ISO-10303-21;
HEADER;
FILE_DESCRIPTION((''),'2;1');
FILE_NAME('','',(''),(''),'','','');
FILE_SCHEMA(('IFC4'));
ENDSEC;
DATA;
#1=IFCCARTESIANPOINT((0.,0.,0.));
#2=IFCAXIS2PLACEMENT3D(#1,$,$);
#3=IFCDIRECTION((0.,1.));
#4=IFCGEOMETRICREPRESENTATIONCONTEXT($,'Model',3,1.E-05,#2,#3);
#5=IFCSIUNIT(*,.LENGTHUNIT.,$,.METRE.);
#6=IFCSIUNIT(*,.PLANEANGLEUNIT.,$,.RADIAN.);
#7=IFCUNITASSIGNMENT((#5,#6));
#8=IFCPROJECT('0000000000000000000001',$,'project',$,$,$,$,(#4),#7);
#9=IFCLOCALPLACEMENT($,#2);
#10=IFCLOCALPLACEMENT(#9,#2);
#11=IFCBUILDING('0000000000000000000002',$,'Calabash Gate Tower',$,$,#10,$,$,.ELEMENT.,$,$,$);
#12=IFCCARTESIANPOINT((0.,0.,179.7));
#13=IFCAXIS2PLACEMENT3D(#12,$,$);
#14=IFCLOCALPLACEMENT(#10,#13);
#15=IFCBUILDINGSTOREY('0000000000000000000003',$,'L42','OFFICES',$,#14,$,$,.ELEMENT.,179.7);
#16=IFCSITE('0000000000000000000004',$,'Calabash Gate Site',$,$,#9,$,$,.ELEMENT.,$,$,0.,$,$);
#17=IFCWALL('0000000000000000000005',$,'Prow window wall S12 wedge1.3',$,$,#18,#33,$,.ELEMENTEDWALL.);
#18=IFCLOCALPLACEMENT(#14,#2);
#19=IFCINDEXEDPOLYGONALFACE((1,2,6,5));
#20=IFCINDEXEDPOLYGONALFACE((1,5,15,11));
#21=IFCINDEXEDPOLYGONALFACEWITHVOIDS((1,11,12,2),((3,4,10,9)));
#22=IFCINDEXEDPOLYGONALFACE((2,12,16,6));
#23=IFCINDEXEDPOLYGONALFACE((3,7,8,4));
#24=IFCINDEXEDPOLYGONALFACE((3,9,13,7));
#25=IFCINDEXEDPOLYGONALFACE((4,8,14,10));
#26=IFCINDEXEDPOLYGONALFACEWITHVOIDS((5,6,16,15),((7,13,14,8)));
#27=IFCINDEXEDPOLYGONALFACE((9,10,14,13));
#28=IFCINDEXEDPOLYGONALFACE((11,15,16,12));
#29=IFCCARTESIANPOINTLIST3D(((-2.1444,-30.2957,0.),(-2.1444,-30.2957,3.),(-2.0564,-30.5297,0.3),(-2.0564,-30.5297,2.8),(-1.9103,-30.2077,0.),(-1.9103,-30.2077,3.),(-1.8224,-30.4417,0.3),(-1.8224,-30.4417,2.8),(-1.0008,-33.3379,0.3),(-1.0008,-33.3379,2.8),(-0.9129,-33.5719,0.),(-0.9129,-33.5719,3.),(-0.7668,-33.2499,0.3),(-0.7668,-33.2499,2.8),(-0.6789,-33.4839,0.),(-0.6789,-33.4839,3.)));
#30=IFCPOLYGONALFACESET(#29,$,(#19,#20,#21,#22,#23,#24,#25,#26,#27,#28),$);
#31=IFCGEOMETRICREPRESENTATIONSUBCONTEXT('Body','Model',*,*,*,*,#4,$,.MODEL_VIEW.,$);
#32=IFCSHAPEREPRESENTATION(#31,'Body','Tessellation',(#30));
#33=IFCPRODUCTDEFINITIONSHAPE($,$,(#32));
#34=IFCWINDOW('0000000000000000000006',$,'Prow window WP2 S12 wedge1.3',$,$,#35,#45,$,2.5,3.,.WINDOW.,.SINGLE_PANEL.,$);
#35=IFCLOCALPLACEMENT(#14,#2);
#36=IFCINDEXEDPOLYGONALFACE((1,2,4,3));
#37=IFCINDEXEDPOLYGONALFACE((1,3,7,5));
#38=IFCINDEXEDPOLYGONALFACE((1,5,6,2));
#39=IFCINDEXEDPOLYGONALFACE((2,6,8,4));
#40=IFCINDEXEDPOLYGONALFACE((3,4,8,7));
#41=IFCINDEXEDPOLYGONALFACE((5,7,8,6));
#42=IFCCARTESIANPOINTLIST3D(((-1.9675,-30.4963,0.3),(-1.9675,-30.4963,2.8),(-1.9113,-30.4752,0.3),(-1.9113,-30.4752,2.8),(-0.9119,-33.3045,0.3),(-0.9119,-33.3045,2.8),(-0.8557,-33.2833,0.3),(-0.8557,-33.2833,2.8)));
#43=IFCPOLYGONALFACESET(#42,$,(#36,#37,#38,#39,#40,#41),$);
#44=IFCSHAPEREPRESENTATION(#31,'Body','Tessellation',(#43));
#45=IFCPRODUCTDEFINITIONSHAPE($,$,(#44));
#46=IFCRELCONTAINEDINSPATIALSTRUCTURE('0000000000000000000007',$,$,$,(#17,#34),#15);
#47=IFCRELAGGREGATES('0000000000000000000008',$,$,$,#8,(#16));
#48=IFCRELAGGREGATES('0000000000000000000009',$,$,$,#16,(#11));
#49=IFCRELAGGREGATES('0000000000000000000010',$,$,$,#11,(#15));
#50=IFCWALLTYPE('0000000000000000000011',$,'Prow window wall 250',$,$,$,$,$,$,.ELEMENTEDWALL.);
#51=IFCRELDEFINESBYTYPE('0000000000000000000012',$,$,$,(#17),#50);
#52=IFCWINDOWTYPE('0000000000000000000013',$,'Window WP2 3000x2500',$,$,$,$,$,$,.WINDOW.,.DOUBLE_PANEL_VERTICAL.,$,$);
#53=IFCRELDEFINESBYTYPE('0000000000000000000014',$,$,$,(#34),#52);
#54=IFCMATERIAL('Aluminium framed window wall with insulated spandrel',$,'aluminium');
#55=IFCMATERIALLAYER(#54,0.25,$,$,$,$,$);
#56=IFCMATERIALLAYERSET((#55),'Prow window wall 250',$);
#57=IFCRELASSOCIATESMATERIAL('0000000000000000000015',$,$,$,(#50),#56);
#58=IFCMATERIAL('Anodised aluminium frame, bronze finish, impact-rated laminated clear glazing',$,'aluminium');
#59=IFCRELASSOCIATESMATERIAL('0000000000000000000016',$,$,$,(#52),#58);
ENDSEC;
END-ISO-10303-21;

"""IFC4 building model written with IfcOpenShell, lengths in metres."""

from ifc_helpers import new_model, si_unit, direction, frame, frame_2d, origin, place, context, subcontext, project, spatial, rectangle, extrude, material, layer, layer_set, type_object, element, fill, save


model = new_model("IFC4")

# Units and contexts
model_context = context("Model", 3, precision=1e-05, world=origin(), true_north=direction((0.0, 1.0)))
body_context = subcontext(model_context, "Body", "Model", "MODEL_VIEW")
ifc_project = project(units=[si_unit("LENGTHUNIT", "METRE"), si_unit("PLANEANGLEUNIT", "RADIAN")], contexts=[model_context])

# Site, building, storey
site_placement = place(None, origin())
site = spatial("IfcSite", under=ifc_project, at=site_placement, Name="Calabash Gate Site", CompositionType="ELEMENT", RefElevation=0.0)
building_placement = place(site_placement, origin())
building = spatial("IfcBuilding", under=site, at=building_placement, Name="Calabash Gate Tower", CompositionType="ELEMENT")
storey_placement = place(building_placement, frame((0.0, 0.0, 179.7)))
storey = spatial("IfcBuildingStorey", under=building, at=storey_placement, Name="L42", Description="OFFICES", CompositionType="ELEMENT", Elevation=179.7)

# Wall, opening, window
ifc_material_1 = material(Name="Aluminium framed window wall with insulated spandrel", Category="aluminium")
ifc_layer_1 = layer(ifc_material_1, 0.25)
ifc_layer_set_1 = layer_set([ifc_layer_1], Name="Prow window wall 250")
wall_type_1 = type_object("IfcWallType", Name="Prow window wall 250", PredefinedType="ELEMENTEDWALL", material=ifc_layer_set_1)
ifc_material_2 = material(Name="Anodised aluminium frame, bronze finish, impact-rated laminated clear glazing", Category="aluminium")
window_type_1 = type_object("IfcWindowType", Name="Window WP2 3000x2500", PartitioningType="DOUBLE_PANEL_VERTICAL", PredefinedType="WINDOW", material=ifc_material_2)
wall_1_placement = place(storey_placement, frame((-2.0273, -30.2517, 0.0), z_axis=(0.0, 0.0, 1.0), x_axis=(0.35185, -0.936057, 0.0)))
wall_1 = element("IfcWall", 1, at=wall_1_placement, inside=storey, type_object=wall_type_1, Name="Prow window wall S12 wedge1.3", PredefinedType="ELEMENTEDWALL", context=body_context, shape_type="SweptSolid", body=[
    extrude(rectangle(XDim=3.5, YDim=0.25, at=frame_2d((1.75, 0.0))), origin(), (0.0, 0.0, 1.0), 3.0),
])
opening_1_placement = place(wall_1_placement, frame((0.25, 0.0, 0.3)))
opening_1 = element("IfcOpeningElement", 2, at=opening_1_placement, cuts=wall_1, PredefinedType="OPENING", context=body_context, shape_type="SweptSolid", body=[
    extrude(rectangle(XDim=3.0, YDim=2.5, at=frame_2d((1.5, 1.25))), frame((0.0, 0.135, 0.0), z_axis=(0.0, -1.0, 0.0), x_axis=(1.0, 0.0, 0.0)), (0.0, 0.0, 1.0), 0.27),
])
window_1_placement = place(opening_1_placement, origin())
window_1 = element("IfcWindow", 3, at=window_1_placement, inside=storey, type_object=window_type_1, Name="Prow window WP2 S12 wedge1.3", OverallHeight=2.5, OverallWidth=3.0, PartitioningType="SINGLE_PANEL", PredefinedType="WINDOW", context=body_context, shape_type="SweptSolid", body=[
    extrude(rectangle(XDim=3.0, YDim=2.5, at=frame_2d((1.5, 1.25))), frame((0.0, 0.03, 0.0), z_axis=(0.0, -1.0, 0.0), x_axis=(1.0, 0.0, 0.0)), (0.0, 0.0, 1.0), 0.0601),
])
fill(opening_1, window_1)

save(model, "model.ifc")
